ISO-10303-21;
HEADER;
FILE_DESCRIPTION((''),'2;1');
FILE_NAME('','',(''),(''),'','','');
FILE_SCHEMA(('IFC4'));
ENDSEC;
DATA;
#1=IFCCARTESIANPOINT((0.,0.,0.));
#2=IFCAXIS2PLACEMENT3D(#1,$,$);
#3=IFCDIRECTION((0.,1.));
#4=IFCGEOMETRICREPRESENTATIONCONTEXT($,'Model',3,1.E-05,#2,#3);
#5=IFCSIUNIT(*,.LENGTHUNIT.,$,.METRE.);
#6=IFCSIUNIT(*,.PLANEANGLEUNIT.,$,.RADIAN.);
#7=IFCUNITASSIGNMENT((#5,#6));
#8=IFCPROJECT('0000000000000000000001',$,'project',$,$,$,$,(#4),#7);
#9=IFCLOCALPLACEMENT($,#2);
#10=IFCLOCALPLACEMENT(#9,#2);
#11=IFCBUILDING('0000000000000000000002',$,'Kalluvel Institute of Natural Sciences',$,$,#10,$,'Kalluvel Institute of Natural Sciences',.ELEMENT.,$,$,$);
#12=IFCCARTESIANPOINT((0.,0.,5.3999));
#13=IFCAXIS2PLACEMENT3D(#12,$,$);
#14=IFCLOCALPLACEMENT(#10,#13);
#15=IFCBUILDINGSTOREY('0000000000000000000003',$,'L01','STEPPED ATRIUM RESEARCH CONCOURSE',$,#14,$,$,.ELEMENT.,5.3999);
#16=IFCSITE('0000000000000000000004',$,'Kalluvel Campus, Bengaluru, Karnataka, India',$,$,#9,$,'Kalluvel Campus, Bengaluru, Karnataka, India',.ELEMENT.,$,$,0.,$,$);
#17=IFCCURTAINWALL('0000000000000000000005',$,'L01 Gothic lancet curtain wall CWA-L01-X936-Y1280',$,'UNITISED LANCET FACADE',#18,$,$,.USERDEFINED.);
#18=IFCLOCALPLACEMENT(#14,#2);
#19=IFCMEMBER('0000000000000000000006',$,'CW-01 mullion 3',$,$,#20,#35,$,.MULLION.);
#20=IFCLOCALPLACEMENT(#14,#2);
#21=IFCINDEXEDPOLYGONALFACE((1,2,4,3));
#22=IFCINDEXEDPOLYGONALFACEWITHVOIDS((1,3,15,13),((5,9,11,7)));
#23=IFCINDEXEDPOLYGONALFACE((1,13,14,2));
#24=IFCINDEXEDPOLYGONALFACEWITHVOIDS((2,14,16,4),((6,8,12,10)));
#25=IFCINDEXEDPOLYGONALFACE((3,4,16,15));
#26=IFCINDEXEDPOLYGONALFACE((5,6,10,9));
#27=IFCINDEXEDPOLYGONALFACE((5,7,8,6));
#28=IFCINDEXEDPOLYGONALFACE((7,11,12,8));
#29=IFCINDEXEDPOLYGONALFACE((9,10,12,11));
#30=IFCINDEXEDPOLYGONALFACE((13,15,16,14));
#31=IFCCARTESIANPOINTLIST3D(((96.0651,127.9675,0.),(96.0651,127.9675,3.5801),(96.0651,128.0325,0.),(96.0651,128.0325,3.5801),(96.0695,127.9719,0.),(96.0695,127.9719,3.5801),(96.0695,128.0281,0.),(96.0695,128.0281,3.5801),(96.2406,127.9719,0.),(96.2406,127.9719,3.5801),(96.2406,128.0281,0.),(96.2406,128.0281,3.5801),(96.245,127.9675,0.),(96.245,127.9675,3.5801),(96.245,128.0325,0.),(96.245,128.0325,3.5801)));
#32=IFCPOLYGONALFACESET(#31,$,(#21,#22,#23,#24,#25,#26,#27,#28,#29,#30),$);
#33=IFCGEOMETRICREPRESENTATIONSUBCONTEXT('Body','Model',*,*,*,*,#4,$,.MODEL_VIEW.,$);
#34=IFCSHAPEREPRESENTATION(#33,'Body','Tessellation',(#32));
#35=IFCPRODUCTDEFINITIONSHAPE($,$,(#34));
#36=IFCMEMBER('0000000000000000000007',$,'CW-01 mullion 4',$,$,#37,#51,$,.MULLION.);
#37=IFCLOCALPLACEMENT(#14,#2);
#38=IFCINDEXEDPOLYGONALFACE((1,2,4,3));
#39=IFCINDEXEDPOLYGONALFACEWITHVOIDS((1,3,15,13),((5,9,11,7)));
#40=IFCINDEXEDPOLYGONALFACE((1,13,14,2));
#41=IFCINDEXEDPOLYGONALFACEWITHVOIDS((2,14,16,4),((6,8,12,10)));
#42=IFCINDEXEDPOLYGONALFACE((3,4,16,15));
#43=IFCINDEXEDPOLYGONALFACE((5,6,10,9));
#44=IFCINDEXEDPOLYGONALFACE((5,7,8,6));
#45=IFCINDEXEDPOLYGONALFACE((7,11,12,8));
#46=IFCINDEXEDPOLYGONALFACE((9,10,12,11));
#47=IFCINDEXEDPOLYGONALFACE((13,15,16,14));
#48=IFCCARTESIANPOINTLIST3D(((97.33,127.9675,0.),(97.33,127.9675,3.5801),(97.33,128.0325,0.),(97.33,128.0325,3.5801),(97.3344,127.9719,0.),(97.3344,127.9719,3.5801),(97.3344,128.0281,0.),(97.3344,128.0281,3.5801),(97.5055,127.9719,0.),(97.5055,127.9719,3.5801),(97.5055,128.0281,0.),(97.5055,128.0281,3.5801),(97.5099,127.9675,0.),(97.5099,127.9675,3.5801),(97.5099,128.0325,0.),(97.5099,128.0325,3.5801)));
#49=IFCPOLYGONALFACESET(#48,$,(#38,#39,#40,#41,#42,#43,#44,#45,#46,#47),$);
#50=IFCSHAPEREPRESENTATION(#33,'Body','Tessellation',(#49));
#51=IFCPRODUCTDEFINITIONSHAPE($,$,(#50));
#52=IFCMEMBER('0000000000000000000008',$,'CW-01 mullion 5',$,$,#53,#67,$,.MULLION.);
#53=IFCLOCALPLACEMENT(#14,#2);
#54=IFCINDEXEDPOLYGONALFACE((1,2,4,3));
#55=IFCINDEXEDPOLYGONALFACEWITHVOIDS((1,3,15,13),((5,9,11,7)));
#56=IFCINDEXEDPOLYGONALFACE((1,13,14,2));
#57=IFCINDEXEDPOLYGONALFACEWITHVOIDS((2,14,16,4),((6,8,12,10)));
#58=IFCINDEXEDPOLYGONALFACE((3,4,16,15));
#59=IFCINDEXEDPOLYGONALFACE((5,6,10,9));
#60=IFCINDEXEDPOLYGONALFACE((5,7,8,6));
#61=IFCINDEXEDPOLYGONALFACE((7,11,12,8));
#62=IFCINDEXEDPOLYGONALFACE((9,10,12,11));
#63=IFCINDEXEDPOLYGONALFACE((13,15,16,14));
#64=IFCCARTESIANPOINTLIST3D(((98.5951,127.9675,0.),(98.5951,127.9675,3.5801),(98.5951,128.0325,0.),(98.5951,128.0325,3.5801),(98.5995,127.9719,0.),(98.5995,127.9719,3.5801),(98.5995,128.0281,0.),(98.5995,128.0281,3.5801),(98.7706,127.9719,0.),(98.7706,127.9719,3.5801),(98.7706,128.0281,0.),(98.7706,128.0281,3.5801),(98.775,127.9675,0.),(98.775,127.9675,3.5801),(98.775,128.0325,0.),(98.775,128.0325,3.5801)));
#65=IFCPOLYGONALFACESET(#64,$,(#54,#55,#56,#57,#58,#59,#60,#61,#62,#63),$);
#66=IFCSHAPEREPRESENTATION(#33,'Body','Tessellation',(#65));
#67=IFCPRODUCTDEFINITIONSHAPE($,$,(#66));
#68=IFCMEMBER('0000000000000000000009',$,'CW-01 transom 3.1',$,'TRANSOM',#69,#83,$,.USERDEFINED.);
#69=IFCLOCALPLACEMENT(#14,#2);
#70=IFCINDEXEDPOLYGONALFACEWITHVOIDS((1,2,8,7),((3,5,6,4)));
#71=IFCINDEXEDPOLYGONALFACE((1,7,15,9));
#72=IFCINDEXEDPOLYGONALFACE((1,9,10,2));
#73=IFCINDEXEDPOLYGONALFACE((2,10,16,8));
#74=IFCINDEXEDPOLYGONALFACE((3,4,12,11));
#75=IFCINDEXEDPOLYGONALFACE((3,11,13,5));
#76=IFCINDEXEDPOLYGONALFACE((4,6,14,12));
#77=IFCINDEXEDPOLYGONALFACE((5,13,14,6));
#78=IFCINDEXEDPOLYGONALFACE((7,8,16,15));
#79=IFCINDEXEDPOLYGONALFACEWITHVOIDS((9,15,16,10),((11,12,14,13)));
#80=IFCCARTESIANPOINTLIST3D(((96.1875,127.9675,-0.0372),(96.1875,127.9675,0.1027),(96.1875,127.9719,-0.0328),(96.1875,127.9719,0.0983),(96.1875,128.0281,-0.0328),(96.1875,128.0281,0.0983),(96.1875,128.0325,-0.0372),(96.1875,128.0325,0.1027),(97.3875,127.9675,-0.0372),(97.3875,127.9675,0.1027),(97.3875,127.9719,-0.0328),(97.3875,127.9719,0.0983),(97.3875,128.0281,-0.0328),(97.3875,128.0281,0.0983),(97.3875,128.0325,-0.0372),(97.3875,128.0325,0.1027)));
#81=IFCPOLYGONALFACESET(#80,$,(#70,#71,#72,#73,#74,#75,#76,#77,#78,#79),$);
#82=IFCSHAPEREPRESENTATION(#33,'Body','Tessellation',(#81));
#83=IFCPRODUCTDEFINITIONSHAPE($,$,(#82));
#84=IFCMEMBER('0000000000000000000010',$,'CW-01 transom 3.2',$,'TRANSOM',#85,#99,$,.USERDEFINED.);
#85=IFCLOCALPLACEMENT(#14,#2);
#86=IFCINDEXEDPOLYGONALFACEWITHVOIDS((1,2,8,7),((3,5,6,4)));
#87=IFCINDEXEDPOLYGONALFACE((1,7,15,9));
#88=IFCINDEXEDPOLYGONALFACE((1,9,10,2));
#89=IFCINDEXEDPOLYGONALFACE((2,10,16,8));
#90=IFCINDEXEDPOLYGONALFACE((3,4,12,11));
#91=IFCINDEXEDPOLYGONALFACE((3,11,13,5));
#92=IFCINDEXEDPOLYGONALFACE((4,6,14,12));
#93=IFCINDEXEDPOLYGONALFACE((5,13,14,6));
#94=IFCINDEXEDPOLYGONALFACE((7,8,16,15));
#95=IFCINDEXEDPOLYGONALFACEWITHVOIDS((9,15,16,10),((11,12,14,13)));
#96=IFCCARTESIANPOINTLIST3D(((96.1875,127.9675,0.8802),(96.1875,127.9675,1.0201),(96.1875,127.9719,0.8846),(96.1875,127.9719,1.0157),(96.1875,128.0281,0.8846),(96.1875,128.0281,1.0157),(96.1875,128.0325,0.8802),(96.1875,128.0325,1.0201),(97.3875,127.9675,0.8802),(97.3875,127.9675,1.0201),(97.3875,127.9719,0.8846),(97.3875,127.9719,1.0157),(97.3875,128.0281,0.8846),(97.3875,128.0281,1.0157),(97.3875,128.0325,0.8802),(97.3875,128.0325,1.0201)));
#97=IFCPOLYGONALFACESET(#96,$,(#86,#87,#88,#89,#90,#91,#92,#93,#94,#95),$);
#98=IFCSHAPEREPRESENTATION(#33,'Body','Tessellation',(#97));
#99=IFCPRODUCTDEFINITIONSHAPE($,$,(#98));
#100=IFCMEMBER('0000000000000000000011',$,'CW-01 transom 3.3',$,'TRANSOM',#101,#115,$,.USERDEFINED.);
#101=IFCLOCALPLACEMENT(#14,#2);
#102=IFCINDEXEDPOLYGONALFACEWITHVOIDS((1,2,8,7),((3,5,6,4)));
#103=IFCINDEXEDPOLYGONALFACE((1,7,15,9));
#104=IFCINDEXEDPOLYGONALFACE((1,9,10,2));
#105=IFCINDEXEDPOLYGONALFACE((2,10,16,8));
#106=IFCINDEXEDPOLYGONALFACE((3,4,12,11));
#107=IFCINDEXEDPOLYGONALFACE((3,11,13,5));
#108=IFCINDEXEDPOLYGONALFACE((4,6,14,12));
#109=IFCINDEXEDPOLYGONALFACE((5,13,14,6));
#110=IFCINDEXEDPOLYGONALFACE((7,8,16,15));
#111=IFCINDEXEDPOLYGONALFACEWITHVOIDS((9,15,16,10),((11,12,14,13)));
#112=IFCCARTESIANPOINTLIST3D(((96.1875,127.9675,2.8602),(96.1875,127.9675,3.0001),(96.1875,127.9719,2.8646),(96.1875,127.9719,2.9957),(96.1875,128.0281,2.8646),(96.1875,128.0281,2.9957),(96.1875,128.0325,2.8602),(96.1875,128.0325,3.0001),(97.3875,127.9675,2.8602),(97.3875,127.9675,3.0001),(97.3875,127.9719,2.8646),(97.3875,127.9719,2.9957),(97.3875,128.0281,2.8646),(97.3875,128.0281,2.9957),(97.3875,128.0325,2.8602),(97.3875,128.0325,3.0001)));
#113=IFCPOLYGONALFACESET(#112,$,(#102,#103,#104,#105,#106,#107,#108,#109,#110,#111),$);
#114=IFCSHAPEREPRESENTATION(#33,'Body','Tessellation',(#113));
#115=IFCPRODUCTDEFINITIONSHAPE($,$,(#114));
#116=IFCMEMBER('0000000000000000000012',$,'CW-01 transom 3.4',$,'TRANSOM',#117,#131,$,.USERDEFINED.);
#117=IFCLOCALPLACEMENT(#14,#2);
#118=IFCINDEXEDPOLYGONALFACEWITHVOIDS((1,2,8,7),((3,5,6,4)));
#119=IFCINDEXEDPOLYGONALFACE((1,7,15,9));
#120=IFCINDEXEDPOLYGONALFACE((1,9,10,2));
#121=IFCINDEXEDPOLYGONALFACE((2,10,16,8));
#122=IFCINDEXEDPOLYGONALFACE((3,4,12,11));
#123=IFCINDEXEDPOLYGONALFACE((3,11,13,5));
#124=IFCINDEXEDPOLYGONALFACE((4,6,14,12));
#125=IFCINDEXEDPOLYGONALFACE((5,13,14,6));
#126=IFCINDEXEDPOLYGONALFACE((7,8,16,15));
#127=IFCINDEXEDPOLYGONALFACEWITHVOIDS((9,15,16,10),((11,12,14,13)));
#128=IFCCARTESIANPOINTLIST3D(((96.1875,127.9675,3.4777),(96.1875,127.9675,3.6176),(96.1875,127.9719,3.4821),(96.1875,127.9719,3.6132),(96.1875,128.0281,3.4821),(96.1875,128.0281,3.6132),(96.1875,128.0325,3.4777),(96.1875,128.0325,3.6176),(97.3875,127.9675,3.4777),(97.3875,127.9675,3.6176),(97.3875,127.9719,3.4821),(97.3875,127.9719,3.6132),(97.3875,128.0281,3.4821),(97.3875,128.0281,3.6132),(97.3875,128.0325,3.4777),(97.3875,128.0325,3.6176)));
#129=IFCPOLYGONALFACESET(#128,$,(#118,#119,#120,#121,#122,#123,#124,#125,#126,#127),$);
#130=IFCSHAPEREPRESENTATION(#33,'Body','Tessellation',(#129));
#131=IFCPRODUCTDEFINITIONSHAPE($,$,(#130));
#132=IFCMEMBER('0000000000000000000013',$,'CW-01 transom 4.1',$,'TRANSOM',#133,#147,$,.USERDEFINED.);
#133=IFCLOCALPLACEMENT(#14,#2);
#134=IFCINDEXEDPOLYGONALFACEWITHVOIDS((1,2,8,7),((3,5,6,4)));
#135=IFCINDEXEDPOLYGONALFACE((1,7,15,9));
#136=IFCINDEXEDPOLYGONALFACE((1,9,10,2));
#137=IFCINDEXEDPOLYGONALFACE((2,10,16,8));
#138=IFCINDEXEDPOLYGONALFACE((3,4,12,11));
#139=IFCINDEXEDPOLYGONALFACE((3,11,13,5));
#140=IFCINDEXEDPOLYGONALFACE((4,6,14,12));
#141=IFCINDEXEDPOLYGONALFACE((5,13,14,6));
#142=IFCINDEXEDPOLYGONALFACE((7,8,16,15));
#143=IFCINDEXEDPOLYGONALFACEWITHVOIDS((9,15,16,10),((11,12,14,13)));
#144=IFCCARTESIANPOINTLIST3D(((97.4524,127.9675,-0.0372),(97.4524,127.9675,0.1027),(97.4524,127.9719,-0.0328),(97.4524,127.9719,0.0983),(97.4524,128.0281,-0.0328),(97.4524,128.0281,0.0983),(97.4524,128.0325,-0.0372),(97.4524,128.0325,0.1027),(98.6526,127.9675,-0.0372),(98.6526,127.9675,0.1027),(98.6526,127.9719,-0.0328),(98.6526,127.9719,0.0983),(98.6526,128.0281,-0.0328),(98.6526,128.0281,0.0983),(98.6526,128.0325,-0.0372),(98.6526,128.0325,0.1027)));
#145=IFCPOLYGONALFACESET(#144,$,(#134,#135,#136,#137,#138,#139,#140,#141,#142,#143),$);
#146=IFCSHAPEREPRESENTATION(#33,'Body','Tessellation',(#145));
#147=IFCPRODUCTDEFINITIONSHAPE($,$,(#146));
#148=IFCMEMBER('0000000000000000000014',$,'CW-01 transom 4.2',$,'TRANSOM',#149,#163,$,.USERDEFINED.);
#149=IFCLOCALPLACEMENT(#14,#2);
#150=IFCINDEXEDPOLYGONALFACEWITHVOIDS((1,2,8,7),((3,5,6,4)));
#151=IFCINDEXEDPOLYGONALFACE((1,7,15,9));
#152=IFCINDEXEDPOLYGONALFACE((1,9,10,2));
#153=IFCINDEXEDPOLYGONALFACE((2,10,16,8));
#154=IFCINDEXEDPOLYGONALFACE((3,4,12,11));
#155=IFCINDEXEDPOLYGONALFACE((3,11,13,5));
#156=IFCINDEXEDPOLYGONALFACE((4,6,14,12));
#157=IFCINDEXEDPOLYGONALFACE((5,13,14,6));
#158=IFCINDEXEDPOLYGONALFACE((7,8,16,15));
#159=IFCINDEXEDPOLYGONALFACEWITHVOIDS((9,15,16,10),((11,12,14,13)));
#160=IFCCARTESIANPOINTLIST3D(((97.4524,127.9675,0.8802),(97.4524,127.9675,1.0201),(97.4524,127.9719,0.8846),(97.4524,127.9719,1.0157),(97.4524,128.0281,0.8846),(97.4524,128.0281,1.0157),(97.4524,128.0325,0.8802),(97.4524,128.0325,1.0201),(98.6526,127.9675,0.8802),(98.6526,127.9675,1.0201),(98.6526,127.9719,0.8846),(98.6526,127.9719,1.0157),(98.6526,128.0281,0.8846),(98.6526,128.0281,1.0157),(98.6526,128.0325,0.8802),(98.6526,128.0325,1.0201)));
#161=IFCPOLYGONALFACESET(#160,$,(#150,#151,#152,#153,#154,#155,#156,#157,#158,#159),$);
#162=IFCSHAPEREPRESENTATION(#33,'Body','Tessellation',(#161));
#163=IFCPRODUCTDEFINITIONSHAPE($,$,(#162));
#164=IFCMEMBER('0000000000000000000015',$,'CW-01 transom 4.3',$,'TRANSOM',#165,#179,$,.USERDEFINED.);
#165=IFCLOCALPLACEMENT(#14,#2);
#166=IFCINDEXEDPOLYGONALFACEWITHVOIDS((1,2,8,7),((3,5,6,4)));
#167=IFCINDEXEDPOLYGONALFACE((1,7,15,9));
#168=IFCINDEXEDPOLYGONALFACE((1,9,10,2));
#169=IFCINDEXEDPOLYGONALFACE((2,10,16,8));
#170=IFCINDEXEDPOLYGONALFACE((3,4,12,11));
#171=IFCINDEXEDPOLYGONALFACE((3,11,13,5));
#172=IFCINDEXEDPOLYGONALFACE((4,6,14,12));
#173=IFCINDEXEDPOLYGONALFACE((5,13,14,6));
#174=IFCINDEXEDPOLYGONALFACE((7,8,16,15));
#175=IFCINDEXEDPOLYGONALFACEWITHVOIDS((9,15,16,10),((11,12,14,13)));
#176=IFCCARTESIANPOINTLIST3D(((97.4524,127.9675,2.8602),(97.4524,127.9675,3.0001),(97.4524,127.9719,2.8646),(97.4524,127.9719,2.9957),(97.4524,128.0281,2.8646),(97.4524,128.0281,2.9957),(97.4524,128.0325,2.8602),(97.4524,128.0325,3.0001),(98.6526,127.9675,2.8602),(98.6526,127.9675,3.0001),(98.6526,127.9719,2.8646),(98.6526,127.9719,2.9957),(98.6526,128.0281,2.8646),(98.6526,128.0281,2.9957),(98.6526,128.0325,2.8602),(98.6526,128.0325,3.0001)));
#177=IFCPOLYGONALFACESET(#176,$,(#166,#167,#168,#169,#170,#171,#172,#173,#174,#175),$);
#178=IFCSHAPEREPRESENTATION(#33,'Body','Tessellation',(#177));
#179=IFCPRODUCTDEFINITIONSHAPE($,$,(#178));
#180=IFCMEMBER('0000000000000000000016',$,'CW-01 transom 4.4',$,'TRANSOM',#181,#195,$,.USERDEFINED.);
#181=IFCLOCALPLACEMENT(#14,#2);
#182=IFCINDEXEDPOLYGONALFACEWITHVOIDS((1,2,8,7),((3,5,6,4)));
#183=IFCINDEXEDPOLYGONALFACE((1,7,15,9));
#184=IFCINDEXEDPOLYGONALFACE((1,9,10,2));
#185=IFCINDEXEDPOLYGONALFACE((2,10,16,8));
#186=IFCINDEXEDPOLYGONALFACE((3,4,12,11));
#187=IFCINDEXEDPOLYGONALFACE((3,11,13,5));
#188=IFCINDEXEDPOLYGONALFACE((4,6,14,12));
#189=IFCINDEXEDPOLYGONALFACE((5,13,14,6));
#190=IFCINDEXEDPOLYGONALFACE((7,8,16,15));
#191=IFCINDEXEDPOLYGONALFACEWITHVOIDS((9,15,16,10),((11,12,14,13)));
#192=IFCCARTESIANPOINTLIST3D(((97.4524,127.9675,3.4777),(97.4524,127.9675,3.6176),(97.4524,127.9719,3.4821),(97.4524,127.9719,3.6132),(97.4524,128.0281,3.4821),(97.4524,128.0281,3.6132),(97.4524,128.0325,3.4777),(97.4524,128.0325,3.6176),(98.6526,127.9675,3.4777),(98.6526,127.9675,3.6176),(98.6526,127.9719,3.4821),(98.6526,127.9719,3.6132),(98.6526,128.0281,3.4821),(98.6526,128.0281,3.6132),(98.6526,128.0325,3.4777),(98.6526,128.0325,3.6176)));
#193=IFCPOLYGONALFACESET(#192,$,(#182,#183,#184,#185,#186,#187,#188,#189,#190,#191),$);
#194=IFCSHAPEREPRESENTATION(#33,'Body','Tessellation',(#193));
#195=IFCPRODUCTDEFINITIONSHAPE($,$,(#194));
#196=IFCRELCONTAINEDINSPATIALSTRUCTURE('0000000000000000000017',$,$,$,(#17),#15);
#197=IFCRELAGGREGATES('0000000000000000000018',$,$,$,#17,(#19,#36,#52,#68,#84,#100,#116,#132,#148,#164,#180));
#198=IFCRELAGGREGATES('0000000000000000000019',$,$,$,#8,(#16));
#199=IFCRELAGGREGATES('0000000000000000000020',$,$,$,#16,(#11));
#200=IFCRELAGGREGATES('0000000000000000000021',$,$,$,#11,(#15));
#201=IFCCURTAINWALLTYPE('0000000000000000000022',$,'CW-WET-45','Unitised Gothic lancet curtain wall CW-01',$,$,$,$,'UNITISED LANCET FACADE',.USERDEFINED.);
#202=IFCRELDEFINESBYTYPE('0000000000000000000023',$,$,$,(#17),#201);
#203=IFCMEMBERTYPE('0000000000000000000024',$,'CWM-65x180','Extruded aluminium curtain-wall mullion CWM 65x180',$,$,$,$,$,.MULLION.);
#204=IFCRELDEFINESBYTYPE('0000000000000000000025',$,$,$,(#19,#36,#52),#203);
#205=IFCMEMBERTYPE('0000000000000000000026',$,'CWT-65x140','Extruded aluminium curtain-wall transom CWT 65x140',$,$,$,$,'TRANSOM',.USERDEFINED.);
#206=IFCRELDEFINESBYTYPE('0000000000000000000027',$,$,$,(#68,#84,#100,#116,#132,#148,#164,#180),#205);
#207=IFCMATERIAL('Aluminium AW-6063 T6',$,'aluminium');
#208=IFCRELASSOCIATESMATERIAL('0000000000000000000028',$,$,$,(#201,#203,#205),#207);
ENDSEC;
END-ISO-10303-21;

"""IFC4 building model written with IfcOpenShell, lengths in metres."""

from ifc_helpers import new_model, si_unit, direction, frame, origin, origin_2d, place, context, subcontext, project, spatial, hollow_rectangle, extrude, material, material_profile, profile_set, type_object, element, aggregate, save


model = new_model("IFC4")

# Units and contexts
model_context = context("Model", 3, precision=1e-05, world=origin(), true_north=direction((0.0, 1.0)))
body_context = subcontext(model_context, "Body", "Model", "MODEL_VIEW")
ifc_project = project(units=[si_unit("LENGTHUNIT", "METRE"), si_unit("PLANEANGLEUNIT", "RADIAN")], contexts=[model_context])

# Site, building, storey
site_placement = place(None, origin())
site = spatial("IfcSite", under=ifc_project, at=site_placement, Name="Kalluvel Campus, Bengaluru, Karnataka, India", LongName="Kalluvel Campus, Bengaluru, Karnataka, India", CompositionType="ELEMENT", RefElevation=0.0)
building_placement = place(site_placement, origin())
building = spatial("IfcBuilding", under=site, at=building_placement, Name="Kalluvel Institute of Natural Sciences", LongName="Kalluvel Institute of Natural Sciences", CompositionType="ELEMENT")
storey_placement = place(building_placement, frame((0.0, 0.0, 5.3999)))
storey = spatial("IfcBuildingStorey", under=building, at=storey_placement, Name="L01", Description="STEPPED ATRIUM RESEARCH CONCOURSE", CompositionType="ELEMENT", Elevation=5.3999)

# Curtain wall, members
ifc_material_1 = material(Name="Aluminium AW-6063 T6", Category="aluminium")
curtain_wall_type = type_object("IfcCurtainWallType", Name="CW-WET-45", Description="Unitised Gothic lancet curtain wall CW-01", ElementType="UNITISED LANCET FACADE", PredefinedType="USERDEFINED", material=ifc_material_1)
curtain_wall_placement = place(storey_placement, origin())
curtain_wall = element("IfcCurtainWall", 1, at=curtain_wall_placement, inside=storey, type_object=curtain_wall_type, Name="L01 Gothic lancet curtain wall CWA-L01-X936-Y1280", ObjectType="UNITISED LANCET FACADE", PredefinedType="USERDEFINED")
ifc_material_profile_1 = material_profile(ifc_material_1, hollow_rectangle(XDim=0.0649, YDim=0.1799, WallThickness=0.0044, at=origin_2d()), Name="CWM 65x180")
ifc_profile_set_1 = profile_set([ifc_material_profile_1], Name="Aluminium AW-6063 T6")
member_type_1 = type_object("IfcMemberType", Name="CWM-65x180", Description="Extruded aluminium curtain-wall mullion CWM 65x180", PredefinedType="MULLION", material=ifc_profile_set_1)
member_1_placement = place(storey_placement, frame((96.155, 128.0, 0.0), z_axis=(0.0, 0.0, 1.0), x_axis=(0.0, 1.0, 0.0)))
member_1 = element("IfcMember", 2, at=member_1_placement, type_object=member_type_1, Name="CW-01 mullion 3", PredefinedType="MULLION", context=body_context, shape_type="SweptSolid", body=[
    extrude(hollow_rectangle(XDim=0.0649, YDim=0.1799, WallThickness=0.0044, at=origin_2d()), origin(), (0.0, 0.0, 1.0), 3.5801),
])
member_2_placement = place(storey_placement, frame((97.4199, 128.0, 0.0), z_axis=(0.0, 0.0, 1.0), x_axis=(0.0, 1.0, 0.0)))
member_2 = element("IfcMember", 3, at=member_2_placement, type_object=member_type_1, Name="CW-01 mullion 4", PredefinedType="MULLION", context=body_context, shape_type="SweptSolid", body=[
    extrude(hollow_rectangle(XDim=0.0649, YDim=0.1799, WallThickness=0.0044, at=origin_2d()), origin(), (0.0, 0.0, 1.0), 3.5801),
])
member_3_placement = place(storey_placement, frame((98.6851, 128.0, 0.0), z_axis=(0.0, 0.0, 1.0), x_axis=(0.0, 1.0, 0.0)))
member_3 = element("IfcMember", 4, at=member_3_placement, type_object=member_type_1, Name="CW-01 mullion 5", PredefinedType="MULLION", context=body_context, shape_type="SweptSolid", body=[
    extrude(hollow_rectangle(XDim=0.0649, YDim=0.1799, WallThickness=0.0044, at=origin_2d()), origin(), (0.0, 0.0, 1.0), 3.5801),
])
ifc_material_profile_2 = material_profile(ifc_material_1, hollow_rectangle(XDim=0.0649, YDim=0.1399, WallThickness=0.0044, at=origin_2d()), Name="CWT 65x140")
ifc_profile_set_2 = profile_set([ifc_material_profile_2], Name="Aluminium AW-6063 T6")
member_type_2 = type_object("IfcMemberType", Name="CWT-65x140", Description="Extruded aluminium curtain-wall transom CWT 65x140", ElementType="TRANSOM", PredefinedType="USERDEFINED", material=ifc_profile_set_2)
member_4_placement = place(storey_placement, frame((96.1875, 128.0, 0.0327), z_axis=(1.0, 0.0, 0.0), x_axis=(0.0, 1.0, 0.0)))
member_4 = element("IfcMember", 5, at=member_4_placement, type_object=member_type_2, Name="CW-01 transom 3.1", ObjectType="TRANSOM", PredefinedType="USERDEFINED", context=body_context, shape_type="SweptSolid", body=[
    extrude(hollow_rectangle(XDim=0.0649, YDim=0.1399, WallThickness=0.0044, at=origin_2d()), origin(), (0.0, 0.0, 1.0), 1.2),
])
member_5_placement = place(storey_placement, frame((96.1875, 128.0, 0.9502), z_axis=(1.0, 0.0, 0.0), x_axis=(0.0, 1.0, 0.0)))
member_5 = element("IfcMember", 6, at=member_5_placement, type_object=member_type_2, Name="CW-01 transom 3.2", ObjectType="TRANSOM", PredefinedType="USERDEFINED", context=body_context, shape_type="SweptSolid", body=[
    extrude(hollow_rectangle(XDim=0.0649, YDim=0.1399, WallThickness=0.0044, at=origin_2d()), origin(), (0.0, 0.0, 1.0), 1.2),
])
member_6_placement = place(storey_placement, frame((96.1875, 128.0, 2.9302), z_axis=(1.0, 0.0, 0.0), x_axis=(0.0, 1.0, 0.0)))
member_6 = element("IfcMember", 7, at=member_6_placement, type_object=member_type_2, Name="CW-01 transom 3.3", ObjectType="TRANSOM", PredefinedType="USERDEFINED", context=body_context, shape_type="SweptSolid", body=[
    extrude(hollow_rectangle(XDim=0.0649, YDim=0.1399, WallThickness=0.0044, at=origin_2d()), origin(), (0.0, 0.0, 1.0), 1.2),
])
member_7_placement = place(storey_placement, frame((96.1875, 128.0, 3.5476), z_axis=(1.0, 0.0, 0.0), x_axis=(0.0, 1.0, 0.0)))
member_7 = element("IfcMember", 8, at=member_7_placement, type_object=member_type_2, Name="CW-01 transom 3.4", ObjectType="TRANSOM", PredefinedType="USERDEFINED", context=body_context, shape_type="SweptSolid", body=[
    extrude(hollow_rectangle(XDim=0.0649, YDim=0.1399, WallThickness=0.0044, at=origin_2d()), origin(), (0.0, 0.0, 1.0), 1.2),
])
member_8_placement = place(storey_placement, frame((97.4524, 128.0, 0.0327), z_axis=(1.0, 0.0, 0.0), x_axis=(0.0, 1.0, 0.0)))
member_8 = element("IfcMember", 9, at=member_8_placement, type_object=member_type_2, Name="CW-01 transom 4.1", ObjectType="TRANSOM", PredefinedType="USERDEFINED", context=body_context, shape_type="SweptSolid", body=[
    extrude(hollow_rectangle(XDim=0.0649, YDim=0.1399, WallThickness=0.0044, at=origin_2d()), origin(), (0.0, 0.0, 1.0), 1.2002),
])
member_9_placement = place(storey_placement, frame((97.4524, 128.0, 0.9502), z_axis=(1.0, 0.0, 0.0), x_axis=(0.0, 1.0, 0.0)))
member_9 = element("IfcMember", 10, at=member_9_placement, type_object=member_type_2, Name="CW-01 transom 4.2", ObjectType="TRANSOM", PredefinedType="USERDEFINED", context=body_context, shape_type="SweptSolid", body=[
    extrude(hollow_rectangle(XDim=0.0649, YDim=0.1399, WallThickness=0.0044, at=origin_2d()), origin(), (0.0, 0.0, 1.0), 1.2002),
])
member_10_placement = place(storey_placement, frame((97.4524, 128.0, 2.9302), z_axis=(1.0, 0.0, 0.0), x_axis=(0.0, 1.0, 0.0)))
member_10 = element("IfcMember", 11, at=member_10_placement, type_object=member_type_2, Name="CW-01 transom 4.3", ObjectType="TRANSOM", PredefinedType="USERDEFINED", context=body_context, shape_type="SweptSolid", body=[
    extrude(hollow_rectangle(XDim=0.0649, YDim=0.1399, WallThickness=0.0044, at=origin_2d()), origin(), (0.0, 0.0, 1.0), 1.2002),
])
member_11_placement = place(storey_placement, frame((97.4524, 128.0, 3.5476), z_axis=(1.0, 0.0, 0.0), x_axis=(0.0, 1.0, 0.0)))
member_11 = element("IfcMember", 12, at=member_11_placement, type_object=member_type_2, Name="CW-01 transom 4.4", ObjectType="TRANSOM", PredefinedType="USERDEFINED", context=body_context, shape_type="SweptSolid", body=[
    extrude(hollow_rectangle(XDim=0.0649, YDim=0.1399, WallThickness=0.0044, at=origin_2d()), origin(), (0.0, 0.0, 1.0), 1.2002),
])
aggregate(curtain_wall, [member_1, member_2, member_3, member_4, member_5, member_6, member_7, member_8, member_9, member_10, member_11])

save(model, "model.ifc")
